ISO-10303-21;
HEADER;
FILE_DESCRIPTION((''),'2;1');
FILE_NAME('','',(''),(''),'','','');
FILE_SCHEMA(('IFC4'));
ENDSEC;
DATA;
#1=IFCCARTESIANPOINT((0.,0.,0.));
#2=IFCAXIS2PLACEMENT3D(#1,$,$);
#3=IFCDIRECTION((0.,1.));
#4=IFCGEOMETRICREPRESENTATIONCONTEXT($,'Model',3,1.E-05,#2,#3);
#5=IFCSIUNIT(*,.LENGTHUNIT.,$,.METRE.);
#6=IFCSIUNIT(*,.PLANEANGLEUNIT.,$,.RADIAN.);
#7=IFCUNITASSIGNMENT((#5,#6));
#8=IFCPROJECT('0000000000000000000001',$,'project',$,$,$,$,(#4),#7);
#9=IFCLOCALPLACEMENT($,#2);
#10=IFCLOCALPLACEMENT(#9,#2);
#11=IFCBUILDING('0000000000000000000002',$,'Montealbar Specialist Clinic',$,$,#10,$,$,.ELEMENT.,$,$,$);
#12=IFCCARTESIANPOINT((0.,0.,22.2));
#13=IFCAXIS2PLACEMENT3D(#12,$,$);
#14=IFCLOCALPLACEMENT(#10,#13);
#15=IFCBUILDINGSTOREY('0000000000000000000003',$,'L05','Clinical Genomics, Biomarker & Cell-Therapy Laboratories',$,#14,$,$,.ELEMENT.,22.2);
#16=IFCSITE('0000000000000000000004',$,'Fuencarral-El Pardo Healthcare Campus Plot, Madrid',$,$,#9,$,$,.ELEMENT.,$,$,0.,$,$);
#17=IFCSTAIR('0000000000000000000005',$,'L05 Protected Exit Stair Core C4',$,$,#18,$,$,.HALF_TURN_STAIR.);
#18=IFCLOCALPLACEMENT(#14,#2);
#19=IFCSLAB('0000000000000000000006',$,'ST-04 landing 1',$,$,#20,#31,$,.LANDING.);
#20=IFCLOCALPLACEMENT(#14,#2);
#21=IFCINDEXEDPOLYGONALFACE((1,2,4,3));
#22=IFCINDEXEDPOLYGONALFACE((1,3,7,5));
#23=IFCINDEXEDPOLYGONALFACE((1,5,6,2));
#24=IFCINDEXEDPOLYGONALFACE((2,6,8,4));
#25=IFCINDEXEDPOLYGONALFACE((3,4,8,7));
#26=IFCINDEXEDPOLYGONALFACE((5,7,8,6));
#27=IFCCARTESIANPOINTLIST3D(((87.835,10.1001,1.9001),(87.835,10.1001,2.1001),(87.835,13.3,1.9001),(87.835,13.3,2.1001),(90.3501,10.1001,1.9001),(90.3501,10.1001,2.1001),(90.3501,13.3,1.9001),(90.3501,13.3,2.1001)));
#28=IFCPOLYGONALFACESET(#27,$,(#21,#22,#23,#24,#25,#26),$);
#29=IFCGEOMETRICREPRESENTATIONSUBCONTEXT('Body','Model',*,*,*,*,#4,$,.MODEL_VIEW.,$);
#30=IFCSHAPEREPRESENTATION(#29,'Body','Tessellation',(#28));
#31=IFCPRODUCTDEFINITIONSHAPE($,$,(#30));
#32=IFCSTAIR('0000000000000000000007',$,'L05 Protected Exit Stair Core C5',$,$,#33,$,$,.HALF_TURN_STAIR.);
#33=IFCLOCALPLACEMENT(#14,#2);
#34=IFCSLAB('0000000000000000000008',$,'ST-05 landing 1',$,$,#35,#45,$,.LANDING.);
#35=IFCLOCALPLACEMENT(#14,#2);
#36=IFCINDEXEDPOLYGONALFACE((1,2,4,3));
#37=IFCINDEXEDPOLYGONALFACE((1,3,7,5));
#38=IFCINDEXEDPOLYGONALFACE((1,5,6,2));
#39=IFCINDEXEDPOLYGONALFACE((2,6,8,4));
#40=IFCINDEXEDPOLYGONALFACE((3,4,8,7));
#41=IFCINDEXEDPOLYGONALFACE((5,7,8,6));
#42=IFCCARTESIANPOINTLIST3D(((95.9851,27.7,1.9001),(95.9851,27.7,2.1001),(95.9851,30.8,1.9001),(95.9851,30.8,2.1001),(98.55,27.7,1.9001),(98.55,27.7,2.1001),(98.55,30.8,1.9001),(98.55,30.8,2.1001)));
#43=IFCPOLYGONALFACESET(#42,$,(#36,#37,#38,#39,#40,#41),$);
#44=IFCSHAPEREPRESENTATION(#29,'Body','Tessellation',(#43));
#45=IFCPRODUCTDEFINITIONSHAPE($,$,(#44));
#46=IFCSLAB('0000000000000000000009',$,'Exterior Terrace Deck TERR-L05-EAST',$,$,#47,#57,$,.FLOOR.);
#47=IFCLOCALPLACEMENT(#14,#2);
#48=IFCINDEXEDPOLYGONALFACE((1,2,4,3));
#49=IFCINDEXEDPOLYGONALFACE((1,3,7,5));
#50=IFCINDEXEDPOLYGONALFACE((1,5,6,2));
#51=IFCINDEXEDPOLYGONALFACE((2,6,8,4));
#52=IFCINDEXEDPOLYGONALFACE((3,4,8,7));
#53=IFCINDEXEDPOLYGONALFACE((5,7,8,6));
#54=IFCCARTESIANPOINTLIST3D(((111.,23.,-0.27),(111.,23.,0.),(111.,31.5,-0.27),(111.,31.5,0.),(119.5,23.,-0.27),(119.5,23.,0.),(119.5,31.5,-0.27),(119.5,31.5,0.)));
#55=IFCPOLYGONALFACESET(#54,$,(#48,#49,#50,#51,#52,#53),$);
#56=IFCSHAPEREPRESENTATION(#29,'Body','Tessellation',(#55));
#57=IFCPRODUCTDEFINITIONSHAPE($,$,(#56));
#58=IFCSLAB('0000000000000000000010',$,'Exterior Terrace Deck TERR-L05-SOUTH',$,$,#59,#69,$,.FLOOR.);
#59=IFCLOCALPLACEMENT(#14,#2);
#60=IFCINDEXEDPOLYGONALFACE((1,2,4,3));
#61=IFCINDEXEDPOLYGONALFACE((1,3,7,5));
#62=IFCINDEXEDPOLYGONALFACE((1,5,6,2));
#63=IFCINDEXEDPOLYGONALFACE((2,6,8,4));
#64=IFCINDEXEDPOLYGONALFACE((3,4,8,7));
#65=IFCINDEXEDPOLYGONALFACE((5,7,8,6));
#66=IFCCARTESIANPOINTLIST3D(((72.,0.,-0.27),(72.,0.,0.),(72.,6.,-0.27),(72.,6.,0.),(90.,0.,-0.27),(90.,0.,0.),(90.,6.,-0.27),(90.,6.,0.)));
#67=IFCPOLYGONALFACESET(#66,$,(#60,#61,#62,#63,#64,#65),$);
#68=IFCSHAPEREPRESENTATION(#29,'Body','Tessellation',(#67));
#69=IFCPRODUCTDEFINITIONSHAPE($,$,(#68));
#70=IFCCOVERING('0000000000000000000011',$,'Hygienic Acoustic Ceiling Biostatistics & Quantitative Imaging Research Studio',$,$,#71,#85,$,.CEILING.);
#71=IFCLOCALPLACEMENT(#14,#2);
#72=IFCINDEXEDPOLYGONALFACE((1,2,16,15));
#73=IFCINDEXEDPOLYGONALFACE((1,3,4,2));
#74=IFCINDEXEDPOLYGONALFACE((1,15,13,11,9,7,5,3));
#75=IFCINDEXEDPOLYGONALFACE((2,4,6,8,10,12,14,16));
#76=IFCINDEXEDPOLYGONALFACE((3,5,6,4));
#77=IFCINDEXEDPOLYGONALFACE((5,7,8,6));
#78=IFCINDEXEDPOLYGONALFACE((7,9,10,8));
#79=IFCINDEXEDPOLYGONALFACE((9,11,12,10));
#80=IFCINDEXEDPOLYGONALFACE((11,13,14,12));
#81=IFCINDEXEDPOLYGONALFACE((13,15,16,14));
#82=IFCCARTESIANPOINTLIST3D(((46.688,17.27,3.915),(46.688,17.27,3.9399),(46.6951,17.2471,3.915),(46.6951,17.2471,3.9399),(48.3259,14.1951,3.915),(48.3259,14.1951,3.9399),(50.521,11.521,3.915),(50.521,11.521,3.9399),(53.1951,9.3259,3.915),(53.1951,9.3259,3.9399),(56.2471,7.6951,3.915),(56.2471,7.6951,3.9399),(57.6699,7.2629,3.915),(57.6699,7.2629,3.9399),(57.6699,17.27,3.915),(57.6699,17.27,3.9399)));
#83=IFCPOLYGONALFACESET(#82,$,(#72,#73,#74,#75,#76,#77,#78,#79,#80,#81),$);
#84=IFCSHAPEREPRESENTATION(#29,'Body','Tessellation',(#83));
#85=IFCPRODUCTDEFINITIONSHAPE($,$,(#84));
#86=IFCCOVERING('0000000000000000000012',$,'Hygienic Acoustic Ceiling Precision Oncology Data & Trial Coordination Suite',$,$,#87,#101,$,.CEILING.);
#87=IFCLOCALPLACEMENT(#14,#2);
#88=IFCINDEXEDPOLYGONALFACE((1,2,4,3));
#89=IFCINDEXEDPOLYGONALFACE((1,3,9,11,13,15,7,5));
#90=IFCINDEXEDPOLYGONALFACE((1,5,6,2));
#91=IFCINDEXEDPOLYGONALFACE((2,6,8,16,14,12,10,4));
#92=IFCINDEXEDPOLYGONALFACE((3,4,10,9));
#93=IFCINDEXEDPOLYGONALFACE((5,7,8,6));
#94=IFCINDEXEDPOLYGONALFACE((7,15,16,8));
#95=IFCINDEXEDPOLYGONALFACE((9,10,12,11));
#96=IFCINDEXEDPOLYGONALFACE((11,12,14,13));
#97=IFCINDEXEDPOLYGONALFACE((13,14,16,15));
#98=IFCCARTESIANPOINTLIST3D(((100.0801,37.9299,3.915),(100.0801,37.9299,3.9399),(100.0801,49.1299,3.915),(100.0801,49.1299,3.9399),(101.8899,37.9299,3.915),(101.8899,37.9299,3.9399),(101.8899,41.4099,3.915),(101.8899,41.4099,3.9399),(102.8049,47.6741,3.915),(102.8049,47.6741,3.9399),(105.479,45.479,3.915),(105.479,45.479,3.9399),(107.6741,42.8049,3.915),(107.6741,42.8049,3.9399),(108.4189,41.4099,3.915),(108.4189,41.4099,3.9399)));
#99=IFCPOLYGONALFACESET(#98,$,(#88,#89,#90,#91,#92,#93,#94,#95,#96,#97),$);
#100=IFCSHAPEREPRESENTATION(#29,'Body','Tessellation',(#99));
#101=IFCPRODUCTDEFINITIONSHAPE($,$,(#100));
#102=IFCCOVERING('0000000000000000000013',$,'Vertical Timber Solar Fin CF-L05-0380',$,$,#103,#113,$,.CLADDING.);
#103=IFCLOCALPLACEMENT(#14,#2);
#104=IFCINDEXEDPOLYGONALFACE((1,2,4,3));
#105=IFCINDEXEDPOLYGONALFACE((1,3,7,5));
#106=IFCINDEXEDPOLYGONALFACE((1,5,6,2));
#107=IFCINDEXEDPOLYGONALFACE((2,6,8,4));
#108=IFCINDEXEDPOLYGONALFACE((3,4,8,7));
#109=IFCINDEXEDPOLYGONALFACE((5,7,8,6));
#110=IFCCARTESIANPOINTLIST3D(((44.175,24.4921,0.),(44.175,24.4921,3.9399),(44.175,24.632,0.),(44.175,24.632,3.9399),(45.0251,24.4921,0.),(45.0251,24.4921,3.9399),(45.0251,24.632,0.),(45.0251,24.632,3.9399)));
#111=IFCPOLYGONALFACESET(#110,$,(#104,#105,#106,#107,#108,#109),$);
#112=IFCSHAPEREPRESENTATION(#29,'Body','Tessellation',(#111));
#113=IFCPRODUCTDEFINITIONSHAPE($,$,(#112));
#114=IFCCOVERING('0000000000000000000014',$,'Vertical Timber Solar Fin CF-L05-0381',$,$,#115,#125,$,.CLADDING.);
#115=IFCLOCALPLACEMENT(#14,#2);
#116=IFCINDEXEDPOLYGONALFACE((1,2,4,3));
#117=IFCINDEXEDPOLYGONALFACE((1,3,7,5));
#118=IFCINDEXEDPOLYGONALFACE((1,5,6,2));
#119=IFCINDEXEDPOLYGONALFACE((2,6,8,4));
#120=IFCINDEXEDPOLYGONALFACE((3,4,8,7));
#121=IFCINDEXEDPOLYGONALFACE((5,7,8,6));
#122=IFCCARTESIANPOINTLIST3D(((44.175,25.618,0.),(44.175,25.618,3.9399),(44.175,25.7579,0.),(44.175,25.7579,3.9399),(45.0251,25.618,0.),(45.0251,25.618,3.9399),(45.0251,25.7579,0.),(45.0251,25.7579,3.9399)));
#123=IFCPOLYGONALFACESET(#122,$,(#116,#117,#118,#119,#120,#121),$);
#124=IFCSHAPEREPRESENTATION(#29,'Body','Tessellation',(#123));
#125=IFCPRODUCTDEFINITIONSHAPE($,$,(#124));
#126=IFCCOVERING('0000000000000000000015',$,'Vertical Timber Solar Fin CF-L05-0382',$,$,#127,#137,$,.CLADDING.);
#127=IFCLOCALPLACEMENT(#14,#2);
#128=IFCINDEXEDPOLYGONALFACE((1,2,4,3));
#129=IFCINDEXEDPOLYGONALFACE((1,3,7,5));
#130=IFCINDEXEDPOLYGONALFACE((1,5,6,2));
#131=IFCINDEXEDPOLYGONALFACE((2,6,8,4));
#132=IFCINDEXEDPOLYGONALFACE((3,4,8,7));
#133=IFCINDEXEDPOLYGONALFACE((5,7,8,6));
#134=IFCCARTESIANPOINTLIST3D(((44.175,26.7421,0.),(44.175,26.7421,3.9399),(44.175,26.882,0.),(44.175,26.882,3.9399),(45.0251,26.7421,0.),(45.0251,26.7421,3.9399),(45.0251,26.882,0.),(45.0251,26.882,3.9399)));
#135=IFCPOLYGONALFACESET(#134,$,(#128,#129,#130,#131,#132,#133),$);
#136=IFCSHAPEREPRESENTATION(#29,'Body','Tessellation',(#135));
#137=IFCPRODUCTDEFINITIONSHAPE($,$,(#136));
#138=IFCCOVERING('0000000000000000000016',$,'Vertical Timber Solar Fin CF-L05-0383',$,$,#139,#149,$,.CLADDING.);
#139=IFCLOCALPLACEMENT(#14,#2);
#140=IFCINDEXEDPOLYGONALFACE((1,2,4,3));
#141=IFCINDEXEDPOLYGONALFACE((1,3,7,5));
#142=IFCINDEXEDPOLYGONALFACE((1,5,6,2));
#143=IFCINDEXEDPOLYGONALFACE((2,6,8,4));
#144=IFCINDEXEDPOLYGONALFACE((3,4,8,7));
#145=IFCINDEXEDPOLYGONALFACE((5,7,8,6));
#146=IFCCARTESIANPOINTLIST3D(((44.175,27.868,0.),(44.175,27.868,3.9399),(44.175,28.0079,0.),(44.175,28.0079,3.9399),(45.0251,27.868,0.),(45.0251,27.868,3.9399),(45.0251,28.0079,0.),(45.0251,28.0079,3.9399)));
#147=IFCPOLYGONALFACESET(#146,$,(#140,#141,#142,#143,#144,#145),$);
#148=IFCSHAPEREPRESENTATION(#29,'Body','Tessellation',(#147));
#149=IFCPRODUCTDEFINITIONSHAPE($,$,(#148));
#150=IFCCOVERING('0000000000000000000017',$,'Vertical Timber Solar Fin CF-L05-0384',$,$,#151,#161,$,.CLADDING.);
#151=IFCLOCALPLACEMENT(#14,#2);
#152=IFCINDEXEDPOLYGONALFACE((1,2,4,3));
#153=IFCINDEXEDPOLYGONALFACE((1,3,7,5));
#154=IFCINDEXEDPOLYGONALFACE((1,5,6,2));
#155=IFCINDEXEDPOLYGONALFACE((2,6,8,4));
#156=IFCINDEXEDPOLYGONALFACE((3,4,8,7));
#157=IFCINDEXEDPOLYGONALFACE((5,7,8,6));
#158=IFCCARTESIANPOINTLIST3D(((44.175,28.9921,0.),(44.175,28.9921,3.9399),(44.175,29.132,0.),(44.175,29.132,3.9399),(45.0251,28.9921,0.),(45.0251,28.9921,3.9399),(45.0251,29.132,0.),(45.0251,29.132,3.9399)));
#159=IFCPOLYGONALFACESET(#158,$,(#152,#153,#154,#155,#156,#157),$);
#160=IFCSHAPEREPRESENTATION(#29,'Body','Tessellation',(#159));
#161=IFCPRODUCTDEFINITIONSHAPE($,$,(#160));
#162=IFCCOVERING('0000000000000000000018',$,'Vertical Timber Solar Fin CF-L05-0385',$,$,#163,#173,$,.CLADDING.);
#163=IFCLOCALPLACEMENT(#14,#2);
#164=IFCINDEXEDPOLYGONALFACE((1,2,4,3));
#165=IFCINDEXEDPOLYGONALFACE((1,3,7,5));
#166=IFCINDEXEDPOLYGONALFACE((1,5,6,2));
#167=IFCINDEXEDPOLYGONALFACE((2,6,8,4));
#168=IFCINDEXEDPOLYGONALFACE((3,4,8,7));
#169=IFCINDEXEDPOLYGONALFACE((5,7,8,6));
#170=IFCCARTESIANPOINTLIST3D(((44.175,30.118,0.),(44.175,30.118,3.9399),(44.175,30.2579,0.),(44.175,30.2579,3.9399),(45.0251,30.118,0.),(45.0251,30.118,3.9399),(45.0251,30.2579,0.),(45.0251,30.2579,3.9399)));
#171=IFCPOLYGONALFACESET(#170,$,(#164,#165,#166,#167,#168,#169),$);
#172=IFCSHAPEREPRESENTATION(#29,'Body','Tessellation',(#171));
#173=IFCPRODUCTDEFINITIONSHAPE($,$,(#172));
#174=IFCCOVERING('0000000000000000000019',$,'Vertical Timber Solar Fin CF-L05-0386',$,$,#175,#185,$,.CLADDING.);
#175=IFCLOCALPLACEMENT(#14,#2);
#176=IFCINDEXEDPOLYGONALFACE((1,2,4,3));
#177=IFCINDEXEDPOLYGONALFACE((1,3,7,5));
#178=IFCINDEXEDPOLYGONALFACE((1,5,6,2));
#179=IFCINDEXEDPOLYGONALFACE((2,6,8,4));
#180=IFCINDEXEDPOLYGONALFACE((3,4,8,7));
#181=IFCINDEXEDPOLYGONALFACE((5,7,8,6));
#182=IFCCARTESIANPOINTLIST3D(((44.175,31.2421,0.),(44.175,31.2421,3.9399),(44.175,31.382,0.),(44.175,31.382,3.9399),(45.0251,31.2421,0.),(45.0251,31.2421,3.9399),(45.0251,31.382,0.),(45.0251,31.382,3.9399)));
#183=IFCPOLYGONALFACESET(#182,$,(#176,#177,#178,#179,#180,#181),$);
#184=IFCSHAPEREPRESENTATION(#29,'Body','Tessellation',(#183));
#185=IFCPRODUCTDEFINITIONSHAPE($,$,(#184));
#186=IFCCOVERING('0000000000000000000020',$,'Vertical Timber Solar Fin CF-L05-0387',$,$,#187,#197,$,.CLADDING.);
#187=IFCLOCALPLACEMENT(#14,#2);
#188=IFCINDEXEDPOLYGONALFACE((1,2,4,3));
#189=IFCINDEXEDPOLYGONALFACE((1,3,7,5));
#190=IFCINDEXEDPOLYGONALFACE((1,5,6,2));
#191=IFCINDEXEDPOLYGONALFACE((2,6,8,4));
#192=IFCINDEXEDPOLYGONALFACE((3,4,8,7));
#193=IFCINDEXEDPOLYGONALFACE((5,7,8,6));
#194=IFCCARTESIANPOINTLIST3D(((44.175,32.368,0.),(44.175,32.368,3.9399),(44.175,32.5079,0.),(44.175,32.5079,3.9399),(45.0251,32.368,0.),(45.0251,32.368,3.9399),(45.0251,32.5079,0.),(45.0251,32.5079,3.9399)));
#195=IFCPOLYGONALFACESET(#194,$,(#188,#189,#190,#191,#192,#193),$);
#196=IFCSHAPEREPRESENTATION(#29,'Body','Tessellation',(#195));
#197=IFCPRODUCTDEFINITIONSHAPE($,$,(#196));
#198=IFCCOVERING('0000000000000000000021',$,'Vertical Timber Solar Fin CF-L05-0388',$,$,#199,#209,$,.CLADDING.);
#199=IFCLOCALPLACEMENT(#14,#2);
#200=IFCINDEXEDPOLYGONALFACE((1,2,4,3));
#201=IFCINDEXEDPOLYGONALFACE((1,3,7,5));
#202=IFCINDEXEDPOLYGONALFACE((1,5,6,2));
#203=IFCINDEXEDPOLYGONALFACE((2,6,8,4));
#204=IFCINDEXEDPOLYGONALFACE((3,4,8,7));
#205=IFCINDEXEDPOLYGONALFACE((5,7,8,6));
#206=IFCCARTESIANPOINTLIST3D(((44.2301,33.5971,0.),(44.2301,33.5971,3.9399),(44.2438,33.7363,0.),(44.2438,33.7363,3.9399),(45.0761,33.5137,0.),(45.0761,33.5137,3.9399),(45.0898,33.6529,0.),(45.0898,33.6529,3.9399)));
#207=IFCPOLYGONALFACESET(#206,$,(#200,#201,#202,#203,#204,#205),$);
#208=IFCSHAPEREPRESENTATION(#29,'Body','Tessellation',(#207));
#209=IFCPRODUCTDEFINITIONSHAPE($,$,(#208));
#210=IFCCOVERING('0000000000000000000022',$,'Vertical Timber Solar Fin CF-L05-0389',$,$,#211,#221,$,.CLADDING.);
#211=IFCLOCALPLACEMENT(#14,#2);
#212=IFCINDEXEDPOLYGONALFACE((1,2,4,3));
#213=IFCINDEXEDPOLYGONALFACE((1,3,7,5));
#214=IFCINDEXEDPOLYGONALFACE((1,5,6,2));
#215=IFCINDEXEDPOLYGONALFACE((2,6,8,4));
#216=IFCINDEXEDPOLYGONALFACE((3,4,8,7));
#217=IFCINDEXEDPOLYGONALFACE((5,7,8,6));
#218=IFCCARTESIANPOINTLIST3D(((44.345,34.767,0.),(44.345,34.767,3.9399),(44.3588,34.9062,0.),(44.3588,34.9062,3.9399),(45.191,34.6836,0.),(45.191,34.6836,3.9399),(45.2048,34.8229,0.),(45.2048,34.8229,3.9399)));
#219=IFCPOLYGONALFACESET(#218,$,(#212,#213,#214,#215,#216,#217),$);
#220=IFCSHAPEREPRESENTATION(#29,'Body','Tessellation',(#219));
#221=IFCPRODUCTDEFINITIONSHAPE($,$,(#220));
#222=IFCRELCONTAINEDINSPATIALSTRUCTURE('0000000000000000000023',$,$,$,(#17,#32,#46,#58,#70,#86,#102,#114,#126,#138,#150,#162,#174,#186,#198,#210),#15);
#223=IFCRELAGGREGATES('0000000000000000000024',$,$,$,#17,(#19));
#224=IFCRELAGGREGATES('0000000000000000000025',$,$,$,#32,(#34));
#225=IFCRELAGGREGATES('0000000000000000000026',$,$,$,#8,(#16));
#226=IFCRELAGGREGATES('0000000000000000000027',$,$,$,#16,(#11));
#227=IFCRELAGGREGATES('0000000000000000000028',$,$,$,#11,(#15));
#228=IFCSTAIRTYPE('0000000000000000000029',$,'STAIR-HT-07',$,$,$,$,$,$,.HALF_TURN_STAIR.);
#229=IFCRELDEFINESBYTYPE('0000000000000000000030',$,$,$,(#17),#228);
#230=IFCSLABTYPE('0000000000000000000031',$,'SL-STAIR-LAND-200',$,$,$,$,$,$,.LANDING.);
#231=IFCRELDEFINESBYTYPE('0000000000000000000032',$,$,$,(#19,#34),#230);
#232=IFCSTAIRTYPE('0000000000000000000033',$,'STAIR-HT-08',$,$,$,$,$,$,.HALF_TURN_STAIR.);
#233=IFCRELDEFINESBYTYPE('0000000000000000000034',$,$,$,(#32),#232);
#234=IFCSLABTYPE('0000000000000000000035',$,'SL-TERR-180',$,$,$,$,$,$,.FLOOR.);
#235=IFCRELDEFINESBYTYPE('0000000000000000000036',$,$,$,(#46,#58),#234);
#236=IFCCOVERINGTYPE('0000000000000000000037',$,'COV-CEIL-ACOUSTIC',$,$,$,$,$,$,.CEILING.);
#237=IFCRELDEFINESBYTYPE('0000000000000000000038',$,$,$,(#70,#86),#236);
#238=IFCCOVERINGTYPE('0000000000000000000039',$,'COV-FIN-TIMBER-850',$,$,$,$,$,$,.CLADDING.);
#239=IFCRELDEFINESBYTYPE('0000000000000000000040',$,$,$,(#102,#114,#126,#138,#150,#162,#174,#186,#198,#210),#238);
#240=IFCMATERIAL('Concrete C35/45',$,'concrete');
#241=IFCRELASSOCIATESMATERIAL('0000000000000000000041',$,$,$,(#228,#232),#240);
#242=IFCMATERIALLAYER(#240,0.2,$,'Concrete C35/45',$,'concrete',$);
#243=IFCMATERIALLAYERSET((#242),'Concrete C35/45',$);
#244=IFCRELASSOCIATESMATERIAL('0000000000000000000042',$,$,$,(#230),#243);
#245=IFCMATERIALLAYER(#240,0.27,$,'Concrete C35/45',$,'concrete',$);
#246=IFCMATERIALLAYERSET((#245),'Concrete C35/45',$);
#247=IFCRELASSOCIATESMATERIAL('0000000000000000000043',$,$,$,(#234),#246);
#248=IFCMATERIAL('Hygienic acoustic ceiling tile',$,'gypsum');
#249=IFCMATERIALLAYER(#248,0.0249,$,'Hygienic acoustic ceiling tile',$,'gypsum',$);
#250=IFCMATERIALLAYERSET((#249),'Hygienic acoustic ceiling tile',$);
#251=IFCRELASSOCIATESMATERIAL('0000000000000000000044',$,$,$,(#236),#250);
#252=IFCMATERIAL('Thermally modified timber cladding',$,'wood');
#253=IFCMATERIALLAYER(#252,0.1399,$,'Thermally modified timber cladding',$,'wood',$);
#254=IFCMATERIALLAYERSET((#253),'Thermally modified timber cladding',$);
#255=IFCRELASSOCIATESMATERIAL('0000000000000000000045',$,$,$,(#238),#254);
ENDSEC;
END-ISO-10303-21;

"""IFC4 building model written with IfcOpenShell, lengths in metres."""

from ifc_helpers import new_model, si_unit, direction, frame, origin, origin_2d, place, context, subcontext, project, spatial, polyline, rectangle, outline, extrude, material, layer, layer_set, type_object, element, aggregate, save


model = new_model("IFC4")

# Units and contexts
model_context = context("Model", 3, precision=1e-05, world=origin(), true_north=direction((0.0, 1.0)))
body_context = subcontext(model_context, "Body", "Model", "MODEL_VIEW")
ifc_project = project(units=[si_unit("LENGTHUNIT", "METRE"), si_unit("PLANEANGLEUNIT", "RADIAN")], contexts=[model_context])

# Site, building, storey
site_placement = place(None, origin())
site = spatial("IfcSite", under=ifc_project, at=site_placement, Name="Fuencarral-El Pardo Healthcare Campus Plot, Madrid", CompositionType="ELEMENT", RefElevation=0.0)
building_placement = place(site_placement, origin())
building = spatial("IfcBuilding", under=site, at=building_placement, Name="Montealbar Specialist Clinic", CompositionType="ELEMENT")
storey_placement = place(building_placement, frame((0.0, 0.0, 22.2)))
storey = spatial("IfcBuildingStorey", under=building, at=storey_placement, Name="L05", Description="Clinical Genomics, Biomarker & Cell-Therapy Laboratories", CompositionType="ELEMENT", Elevation=22.2)

# Shared definitions
ifc_material_1 = material(Name="Concrete C35/45", Category="concrete")

# Stairs, slabs
stair_type_1 = type_object("IfcStairType", Name="STAIR-HT-07", PredefinedType="HALF_TURN_STAIR", material=ifc_material_1)
ifc_layer_1 = layer(ifc_material_1, 0.2, Name="Concrete C35/45", Category="concrete")
ifc_layer_set_1 = layer_set([ifc_layer_1], Name="Concrete C35/45")
slab_type_1 = type_object("IfcSlabType", Name="SL-STAIR-LAND-200", PredefinedType="LANDING", material=ifc_layer_set_1)
stair_1_placement = place(storey_placement, origin())
stair_1 = element("IfcStair", 1, at=stair_1_placement, inside=storey, type_object=stair_type_1, Name="L05 Protected Exit Stair Core C4", PredefinedType="HALF_TURN_STAIR")
slab_1_placement = place(storey_placement, frame((0.0, 0.0, 1.9001)))
slab_1 = element("IfcSlab", 2, at=slab_1_placement, type_object=slab_type_1, Name="ST-04 landing 1", PredefinedType="LANDING", context=body_context, shape_type="SweptSolid", body=[
    extrude(outline(polyline([(87.835, 10.1001), (90.3501, 10.1001), (90.3501, 13.3), (87.835, 13.3), (87.835, 10.1001)])), origin(), (0.0, 0.0, 1.0), 0.2),
])
aggregate(stair_1, [slab_1])
stair_type_2 = type_object("IfcStairType", Name="STAIR-HT-08", PredefinedType="HALF_TURN_STAIR", material=ifc_material_1)
stair_2_placement = place(storey_placement, origin())
stair_2 = element("IfcStair", 3, at=stair_2_placement, inside=storey, type_object=stair_type_2, Name="L05 Protected Exit Stair Core C5", PredefinedType="HALF_TURN_STAIR")
slab_2_placement = place(storey_placement, frame((0.0, 0.0, 1.9001)))
slab_2 = element("IfcSlab", 4, at=slab_2_placement, type_object=slab_type_1, Name="ST-05 landing 1", PredefinedType="LANDING", context=body_context, shape_type="SweptSolid", body=[
    extrude(outline(polyline([(95.9851, 27.7), (98.55, 27.7), (98.55, 30.8), (95.9851, 30.8), (95.9851, 27.7)])), origin(), (0.0, 0.0, 1.0), 0.2),
])
aggregate(stair_2, [slab_2])

# Slabs
ifc_layer_2 = layer(ifc_material_1, 0.27, Name="Concrete C35/45", Category="concrete")
ifc_layer_set_2 = layer_set([ifc_layer_2], Name="Concrete C35/45")
slab_type_2 = type_object("IfcSlabType", Name="SL-TERR-180", PredefinedType="FLOOR", material=ifc_layer_set_2)
slab_3_placement = place(storey_placement, frame((0.0, 0.0, -0.27)))
element("IfcSlab", 5, at=slab_3_placement, inside=storey, type_object=slab_type_2, Name="Exterior Terrace Deck TERR-L05-EAST", PredefinedType="FLOOR", context=body_context, shape_type="SweptSolid", body=[
    extrude(outline(polyline([(111.0, 23.0), (119.5, 23.0), (119.5, 31.5), (111.0, 31.5), (111.0, 23.0)])), origin(), (0.0, 0.0, 1.0), 0.27),
])
slab_4_placement = place(storey_placement, frame((0.0, 0.0, -0.27)))
element("IfcSlab", 6, at=slab_4_placement, inside=storey, type_object=slab_type_2, Name="Exterior Terrace Deck TERR-L05-SOUTH", PredefinedType="FLOOR", context=body_context, shape_type="SweptSolid", body=[
    extrude(outline(polyline([(72.0, 0.0), (90.0, 0.0), (90.0, 6.0), (72.0, 6.0), (72.0, 0.0)])), origin(), (0.0, 0.0, 1.0), 0.27),
])

# Coverings
ifc_material_2 = material(Name="Hygienic acoustic ceiling tile", Category="gypsum")
ifc_layer_3 = layer(ifc_material_2, 0.0249, Name="Hygienic acoustic ceiling tile", Category="gypsum")
ifc_layer_set_3 = layer_set([ifc_layer_3], Name="Hygienic acoustic ceiling tile")
covering_type_1 = type_object("IfcCoveringType", Name="COV-CEIL-ACOUSTIC", PredefinedType="CEILING", material=ifc_layer_set_3)
covering_1_placement = place(storey_placement, frame((0.0, 0.0, 3.915)))
element("IfcCovering", 7, at=covering_1_placement, inside=storey, type_object=covering_type_1, Name="Hygienic Acoustic Ceiling Biostatistics & Quantitative Imaging Research Studio", PredefinedType="CEILING", context=body_context, shape_type="SweptSolid", body=[
    extrude(outline(polyline([(48.3259, 14.1951), (46.6951, 17.2471), (46.688, 17.27), (57.6699, 17.27), (57.6699, 7.2629), (56.2471, 7.6951), (53.1951, 9.3259), (50.521, 11.521), (48.3259, 14.1951)])), origin(), (0.0, 0.0, 1.0), 0.0249),
])
covering_2_placement = place(storey_placement, frame((0.0, 0.0, 3.915)))
element("IfcCovering", 8, at=covering_2_placement, inside=storey, type_object=covering_type_1, Name="Hygienic Acoustic Ceiling Precision Oncology Data & Trial Coordination Suite", PredefinedType="CEILING", context=body_context, shape_type="SweptSolid", body=[
    extrude(outline(polyline([(107.6741, 42.8049), (108.4189, 41.4099), (101.8899, 41.4099), (101.8899, 37.9299), (100.0801, 37.9299), (100.0801, 49.1299), (102.8049, 47.6741), (105.479, 45.479), (107.6741, 42.8049)])), origin(), (0.0, 0.0, 1.0), 0.0249),
])
ifc_material_3 = material(Name="Thermally modified timber cladding", Category="wood")
ifc_layer_4 = layer(ifc_material_3, 0.1399, Name="Thermally modified timber cladding", Category="wood")
ifc_layer_set_4 = layer_set([ifc_layer_4], Name="Thermally modified timber cladding")
covering_type_2 = type_object("IfcCoveringType", Name="COV-FIN-TIMBER-850", PredefinedType="CLADDING", material=ifc_layer_set_4)
for number, where, z_axis, x_axis, name in (
    (9, (44.6001, 24.562, 0.0), (0.0, 0.0, 1.0), (-1.0, 0.0, 0.0), "Vertical Timber Solar Fin CF-L05-0380"),
    (10, (44.6001, 25.688, 0.0), (0.0, 0.0, 1.0), (-1.0, 0.0, 0.0), "Vertical Timber Solar Fin CF-L05-0381"),
    (11, (44.6001, 26.812, 0.0), (0.0, 0.0, 1.0), (-1.0, 0.0, 0.0), "Vertical Timber Solar Fin CF-L05-0382"),
    (12, (44.6001, 27.938, 0.0), (0.0, 0.0, 1.0), (-1.0, 0.0, 0.0), "Vertical Timber Solar Fin CF-L05-0383"),
    (13, (44.6001, 29.062, 0.0), (0.0, 0.0, 1.0), (-1.0, 0.0, 0.0), "Vertical Timber Solar Fin CF-L05-0384"),
    (14, (44.6001, 30.188, 0.0), (0.0, 0.0, 1.0), (-1.0, 0.0, 0.0), "Vertical Timber Solar Fin CF-L05-0385"),
    (15, (44.6001, 31.312, 0.0), (0.0, 0.0, 1.0), (-1.0, 0.0, 0.0), "Vertical Timber Solar Fin CF-L05-0386"),
    (16, (44.6001, 32.438, 0.0), (0.0, 0.0, 1.0), (-1.0, 0.0, 0.0), "Vertical Timber Solar Fin CF-L05-0387"),
    (17, (44.6599, 33.625, 0.0), (0.0, 0.0, 1.0), (-0.995182, 0.098045, 0.0), "Vertical Timber Solar Fin CF-L05-0388"),
    (18, (44.7749, 34.7949, 0.0), (0.0, 0.0, 1.0), (-0.995182, 0.098045, 0.0), "Vertical Timber Solar Fin CF-L05-0389"),
):
    element("IfcCovering", number, at=place(storey_placement, frame(where, z_axis=z_axis, x_axis=x_axis)), inside=storey, type_object=covering_type_2, Name=name, PredefinedType="CLADDING", context=body_context, shape_type="SweptSolid", body=[
        extrude(rectangle(XDim=0.8501, YDim=0.1399, at=origin_2d()), origin(), (0.0, 0.0, 1.0), 3.9399),
    ])

save(model, "model.ifc")
